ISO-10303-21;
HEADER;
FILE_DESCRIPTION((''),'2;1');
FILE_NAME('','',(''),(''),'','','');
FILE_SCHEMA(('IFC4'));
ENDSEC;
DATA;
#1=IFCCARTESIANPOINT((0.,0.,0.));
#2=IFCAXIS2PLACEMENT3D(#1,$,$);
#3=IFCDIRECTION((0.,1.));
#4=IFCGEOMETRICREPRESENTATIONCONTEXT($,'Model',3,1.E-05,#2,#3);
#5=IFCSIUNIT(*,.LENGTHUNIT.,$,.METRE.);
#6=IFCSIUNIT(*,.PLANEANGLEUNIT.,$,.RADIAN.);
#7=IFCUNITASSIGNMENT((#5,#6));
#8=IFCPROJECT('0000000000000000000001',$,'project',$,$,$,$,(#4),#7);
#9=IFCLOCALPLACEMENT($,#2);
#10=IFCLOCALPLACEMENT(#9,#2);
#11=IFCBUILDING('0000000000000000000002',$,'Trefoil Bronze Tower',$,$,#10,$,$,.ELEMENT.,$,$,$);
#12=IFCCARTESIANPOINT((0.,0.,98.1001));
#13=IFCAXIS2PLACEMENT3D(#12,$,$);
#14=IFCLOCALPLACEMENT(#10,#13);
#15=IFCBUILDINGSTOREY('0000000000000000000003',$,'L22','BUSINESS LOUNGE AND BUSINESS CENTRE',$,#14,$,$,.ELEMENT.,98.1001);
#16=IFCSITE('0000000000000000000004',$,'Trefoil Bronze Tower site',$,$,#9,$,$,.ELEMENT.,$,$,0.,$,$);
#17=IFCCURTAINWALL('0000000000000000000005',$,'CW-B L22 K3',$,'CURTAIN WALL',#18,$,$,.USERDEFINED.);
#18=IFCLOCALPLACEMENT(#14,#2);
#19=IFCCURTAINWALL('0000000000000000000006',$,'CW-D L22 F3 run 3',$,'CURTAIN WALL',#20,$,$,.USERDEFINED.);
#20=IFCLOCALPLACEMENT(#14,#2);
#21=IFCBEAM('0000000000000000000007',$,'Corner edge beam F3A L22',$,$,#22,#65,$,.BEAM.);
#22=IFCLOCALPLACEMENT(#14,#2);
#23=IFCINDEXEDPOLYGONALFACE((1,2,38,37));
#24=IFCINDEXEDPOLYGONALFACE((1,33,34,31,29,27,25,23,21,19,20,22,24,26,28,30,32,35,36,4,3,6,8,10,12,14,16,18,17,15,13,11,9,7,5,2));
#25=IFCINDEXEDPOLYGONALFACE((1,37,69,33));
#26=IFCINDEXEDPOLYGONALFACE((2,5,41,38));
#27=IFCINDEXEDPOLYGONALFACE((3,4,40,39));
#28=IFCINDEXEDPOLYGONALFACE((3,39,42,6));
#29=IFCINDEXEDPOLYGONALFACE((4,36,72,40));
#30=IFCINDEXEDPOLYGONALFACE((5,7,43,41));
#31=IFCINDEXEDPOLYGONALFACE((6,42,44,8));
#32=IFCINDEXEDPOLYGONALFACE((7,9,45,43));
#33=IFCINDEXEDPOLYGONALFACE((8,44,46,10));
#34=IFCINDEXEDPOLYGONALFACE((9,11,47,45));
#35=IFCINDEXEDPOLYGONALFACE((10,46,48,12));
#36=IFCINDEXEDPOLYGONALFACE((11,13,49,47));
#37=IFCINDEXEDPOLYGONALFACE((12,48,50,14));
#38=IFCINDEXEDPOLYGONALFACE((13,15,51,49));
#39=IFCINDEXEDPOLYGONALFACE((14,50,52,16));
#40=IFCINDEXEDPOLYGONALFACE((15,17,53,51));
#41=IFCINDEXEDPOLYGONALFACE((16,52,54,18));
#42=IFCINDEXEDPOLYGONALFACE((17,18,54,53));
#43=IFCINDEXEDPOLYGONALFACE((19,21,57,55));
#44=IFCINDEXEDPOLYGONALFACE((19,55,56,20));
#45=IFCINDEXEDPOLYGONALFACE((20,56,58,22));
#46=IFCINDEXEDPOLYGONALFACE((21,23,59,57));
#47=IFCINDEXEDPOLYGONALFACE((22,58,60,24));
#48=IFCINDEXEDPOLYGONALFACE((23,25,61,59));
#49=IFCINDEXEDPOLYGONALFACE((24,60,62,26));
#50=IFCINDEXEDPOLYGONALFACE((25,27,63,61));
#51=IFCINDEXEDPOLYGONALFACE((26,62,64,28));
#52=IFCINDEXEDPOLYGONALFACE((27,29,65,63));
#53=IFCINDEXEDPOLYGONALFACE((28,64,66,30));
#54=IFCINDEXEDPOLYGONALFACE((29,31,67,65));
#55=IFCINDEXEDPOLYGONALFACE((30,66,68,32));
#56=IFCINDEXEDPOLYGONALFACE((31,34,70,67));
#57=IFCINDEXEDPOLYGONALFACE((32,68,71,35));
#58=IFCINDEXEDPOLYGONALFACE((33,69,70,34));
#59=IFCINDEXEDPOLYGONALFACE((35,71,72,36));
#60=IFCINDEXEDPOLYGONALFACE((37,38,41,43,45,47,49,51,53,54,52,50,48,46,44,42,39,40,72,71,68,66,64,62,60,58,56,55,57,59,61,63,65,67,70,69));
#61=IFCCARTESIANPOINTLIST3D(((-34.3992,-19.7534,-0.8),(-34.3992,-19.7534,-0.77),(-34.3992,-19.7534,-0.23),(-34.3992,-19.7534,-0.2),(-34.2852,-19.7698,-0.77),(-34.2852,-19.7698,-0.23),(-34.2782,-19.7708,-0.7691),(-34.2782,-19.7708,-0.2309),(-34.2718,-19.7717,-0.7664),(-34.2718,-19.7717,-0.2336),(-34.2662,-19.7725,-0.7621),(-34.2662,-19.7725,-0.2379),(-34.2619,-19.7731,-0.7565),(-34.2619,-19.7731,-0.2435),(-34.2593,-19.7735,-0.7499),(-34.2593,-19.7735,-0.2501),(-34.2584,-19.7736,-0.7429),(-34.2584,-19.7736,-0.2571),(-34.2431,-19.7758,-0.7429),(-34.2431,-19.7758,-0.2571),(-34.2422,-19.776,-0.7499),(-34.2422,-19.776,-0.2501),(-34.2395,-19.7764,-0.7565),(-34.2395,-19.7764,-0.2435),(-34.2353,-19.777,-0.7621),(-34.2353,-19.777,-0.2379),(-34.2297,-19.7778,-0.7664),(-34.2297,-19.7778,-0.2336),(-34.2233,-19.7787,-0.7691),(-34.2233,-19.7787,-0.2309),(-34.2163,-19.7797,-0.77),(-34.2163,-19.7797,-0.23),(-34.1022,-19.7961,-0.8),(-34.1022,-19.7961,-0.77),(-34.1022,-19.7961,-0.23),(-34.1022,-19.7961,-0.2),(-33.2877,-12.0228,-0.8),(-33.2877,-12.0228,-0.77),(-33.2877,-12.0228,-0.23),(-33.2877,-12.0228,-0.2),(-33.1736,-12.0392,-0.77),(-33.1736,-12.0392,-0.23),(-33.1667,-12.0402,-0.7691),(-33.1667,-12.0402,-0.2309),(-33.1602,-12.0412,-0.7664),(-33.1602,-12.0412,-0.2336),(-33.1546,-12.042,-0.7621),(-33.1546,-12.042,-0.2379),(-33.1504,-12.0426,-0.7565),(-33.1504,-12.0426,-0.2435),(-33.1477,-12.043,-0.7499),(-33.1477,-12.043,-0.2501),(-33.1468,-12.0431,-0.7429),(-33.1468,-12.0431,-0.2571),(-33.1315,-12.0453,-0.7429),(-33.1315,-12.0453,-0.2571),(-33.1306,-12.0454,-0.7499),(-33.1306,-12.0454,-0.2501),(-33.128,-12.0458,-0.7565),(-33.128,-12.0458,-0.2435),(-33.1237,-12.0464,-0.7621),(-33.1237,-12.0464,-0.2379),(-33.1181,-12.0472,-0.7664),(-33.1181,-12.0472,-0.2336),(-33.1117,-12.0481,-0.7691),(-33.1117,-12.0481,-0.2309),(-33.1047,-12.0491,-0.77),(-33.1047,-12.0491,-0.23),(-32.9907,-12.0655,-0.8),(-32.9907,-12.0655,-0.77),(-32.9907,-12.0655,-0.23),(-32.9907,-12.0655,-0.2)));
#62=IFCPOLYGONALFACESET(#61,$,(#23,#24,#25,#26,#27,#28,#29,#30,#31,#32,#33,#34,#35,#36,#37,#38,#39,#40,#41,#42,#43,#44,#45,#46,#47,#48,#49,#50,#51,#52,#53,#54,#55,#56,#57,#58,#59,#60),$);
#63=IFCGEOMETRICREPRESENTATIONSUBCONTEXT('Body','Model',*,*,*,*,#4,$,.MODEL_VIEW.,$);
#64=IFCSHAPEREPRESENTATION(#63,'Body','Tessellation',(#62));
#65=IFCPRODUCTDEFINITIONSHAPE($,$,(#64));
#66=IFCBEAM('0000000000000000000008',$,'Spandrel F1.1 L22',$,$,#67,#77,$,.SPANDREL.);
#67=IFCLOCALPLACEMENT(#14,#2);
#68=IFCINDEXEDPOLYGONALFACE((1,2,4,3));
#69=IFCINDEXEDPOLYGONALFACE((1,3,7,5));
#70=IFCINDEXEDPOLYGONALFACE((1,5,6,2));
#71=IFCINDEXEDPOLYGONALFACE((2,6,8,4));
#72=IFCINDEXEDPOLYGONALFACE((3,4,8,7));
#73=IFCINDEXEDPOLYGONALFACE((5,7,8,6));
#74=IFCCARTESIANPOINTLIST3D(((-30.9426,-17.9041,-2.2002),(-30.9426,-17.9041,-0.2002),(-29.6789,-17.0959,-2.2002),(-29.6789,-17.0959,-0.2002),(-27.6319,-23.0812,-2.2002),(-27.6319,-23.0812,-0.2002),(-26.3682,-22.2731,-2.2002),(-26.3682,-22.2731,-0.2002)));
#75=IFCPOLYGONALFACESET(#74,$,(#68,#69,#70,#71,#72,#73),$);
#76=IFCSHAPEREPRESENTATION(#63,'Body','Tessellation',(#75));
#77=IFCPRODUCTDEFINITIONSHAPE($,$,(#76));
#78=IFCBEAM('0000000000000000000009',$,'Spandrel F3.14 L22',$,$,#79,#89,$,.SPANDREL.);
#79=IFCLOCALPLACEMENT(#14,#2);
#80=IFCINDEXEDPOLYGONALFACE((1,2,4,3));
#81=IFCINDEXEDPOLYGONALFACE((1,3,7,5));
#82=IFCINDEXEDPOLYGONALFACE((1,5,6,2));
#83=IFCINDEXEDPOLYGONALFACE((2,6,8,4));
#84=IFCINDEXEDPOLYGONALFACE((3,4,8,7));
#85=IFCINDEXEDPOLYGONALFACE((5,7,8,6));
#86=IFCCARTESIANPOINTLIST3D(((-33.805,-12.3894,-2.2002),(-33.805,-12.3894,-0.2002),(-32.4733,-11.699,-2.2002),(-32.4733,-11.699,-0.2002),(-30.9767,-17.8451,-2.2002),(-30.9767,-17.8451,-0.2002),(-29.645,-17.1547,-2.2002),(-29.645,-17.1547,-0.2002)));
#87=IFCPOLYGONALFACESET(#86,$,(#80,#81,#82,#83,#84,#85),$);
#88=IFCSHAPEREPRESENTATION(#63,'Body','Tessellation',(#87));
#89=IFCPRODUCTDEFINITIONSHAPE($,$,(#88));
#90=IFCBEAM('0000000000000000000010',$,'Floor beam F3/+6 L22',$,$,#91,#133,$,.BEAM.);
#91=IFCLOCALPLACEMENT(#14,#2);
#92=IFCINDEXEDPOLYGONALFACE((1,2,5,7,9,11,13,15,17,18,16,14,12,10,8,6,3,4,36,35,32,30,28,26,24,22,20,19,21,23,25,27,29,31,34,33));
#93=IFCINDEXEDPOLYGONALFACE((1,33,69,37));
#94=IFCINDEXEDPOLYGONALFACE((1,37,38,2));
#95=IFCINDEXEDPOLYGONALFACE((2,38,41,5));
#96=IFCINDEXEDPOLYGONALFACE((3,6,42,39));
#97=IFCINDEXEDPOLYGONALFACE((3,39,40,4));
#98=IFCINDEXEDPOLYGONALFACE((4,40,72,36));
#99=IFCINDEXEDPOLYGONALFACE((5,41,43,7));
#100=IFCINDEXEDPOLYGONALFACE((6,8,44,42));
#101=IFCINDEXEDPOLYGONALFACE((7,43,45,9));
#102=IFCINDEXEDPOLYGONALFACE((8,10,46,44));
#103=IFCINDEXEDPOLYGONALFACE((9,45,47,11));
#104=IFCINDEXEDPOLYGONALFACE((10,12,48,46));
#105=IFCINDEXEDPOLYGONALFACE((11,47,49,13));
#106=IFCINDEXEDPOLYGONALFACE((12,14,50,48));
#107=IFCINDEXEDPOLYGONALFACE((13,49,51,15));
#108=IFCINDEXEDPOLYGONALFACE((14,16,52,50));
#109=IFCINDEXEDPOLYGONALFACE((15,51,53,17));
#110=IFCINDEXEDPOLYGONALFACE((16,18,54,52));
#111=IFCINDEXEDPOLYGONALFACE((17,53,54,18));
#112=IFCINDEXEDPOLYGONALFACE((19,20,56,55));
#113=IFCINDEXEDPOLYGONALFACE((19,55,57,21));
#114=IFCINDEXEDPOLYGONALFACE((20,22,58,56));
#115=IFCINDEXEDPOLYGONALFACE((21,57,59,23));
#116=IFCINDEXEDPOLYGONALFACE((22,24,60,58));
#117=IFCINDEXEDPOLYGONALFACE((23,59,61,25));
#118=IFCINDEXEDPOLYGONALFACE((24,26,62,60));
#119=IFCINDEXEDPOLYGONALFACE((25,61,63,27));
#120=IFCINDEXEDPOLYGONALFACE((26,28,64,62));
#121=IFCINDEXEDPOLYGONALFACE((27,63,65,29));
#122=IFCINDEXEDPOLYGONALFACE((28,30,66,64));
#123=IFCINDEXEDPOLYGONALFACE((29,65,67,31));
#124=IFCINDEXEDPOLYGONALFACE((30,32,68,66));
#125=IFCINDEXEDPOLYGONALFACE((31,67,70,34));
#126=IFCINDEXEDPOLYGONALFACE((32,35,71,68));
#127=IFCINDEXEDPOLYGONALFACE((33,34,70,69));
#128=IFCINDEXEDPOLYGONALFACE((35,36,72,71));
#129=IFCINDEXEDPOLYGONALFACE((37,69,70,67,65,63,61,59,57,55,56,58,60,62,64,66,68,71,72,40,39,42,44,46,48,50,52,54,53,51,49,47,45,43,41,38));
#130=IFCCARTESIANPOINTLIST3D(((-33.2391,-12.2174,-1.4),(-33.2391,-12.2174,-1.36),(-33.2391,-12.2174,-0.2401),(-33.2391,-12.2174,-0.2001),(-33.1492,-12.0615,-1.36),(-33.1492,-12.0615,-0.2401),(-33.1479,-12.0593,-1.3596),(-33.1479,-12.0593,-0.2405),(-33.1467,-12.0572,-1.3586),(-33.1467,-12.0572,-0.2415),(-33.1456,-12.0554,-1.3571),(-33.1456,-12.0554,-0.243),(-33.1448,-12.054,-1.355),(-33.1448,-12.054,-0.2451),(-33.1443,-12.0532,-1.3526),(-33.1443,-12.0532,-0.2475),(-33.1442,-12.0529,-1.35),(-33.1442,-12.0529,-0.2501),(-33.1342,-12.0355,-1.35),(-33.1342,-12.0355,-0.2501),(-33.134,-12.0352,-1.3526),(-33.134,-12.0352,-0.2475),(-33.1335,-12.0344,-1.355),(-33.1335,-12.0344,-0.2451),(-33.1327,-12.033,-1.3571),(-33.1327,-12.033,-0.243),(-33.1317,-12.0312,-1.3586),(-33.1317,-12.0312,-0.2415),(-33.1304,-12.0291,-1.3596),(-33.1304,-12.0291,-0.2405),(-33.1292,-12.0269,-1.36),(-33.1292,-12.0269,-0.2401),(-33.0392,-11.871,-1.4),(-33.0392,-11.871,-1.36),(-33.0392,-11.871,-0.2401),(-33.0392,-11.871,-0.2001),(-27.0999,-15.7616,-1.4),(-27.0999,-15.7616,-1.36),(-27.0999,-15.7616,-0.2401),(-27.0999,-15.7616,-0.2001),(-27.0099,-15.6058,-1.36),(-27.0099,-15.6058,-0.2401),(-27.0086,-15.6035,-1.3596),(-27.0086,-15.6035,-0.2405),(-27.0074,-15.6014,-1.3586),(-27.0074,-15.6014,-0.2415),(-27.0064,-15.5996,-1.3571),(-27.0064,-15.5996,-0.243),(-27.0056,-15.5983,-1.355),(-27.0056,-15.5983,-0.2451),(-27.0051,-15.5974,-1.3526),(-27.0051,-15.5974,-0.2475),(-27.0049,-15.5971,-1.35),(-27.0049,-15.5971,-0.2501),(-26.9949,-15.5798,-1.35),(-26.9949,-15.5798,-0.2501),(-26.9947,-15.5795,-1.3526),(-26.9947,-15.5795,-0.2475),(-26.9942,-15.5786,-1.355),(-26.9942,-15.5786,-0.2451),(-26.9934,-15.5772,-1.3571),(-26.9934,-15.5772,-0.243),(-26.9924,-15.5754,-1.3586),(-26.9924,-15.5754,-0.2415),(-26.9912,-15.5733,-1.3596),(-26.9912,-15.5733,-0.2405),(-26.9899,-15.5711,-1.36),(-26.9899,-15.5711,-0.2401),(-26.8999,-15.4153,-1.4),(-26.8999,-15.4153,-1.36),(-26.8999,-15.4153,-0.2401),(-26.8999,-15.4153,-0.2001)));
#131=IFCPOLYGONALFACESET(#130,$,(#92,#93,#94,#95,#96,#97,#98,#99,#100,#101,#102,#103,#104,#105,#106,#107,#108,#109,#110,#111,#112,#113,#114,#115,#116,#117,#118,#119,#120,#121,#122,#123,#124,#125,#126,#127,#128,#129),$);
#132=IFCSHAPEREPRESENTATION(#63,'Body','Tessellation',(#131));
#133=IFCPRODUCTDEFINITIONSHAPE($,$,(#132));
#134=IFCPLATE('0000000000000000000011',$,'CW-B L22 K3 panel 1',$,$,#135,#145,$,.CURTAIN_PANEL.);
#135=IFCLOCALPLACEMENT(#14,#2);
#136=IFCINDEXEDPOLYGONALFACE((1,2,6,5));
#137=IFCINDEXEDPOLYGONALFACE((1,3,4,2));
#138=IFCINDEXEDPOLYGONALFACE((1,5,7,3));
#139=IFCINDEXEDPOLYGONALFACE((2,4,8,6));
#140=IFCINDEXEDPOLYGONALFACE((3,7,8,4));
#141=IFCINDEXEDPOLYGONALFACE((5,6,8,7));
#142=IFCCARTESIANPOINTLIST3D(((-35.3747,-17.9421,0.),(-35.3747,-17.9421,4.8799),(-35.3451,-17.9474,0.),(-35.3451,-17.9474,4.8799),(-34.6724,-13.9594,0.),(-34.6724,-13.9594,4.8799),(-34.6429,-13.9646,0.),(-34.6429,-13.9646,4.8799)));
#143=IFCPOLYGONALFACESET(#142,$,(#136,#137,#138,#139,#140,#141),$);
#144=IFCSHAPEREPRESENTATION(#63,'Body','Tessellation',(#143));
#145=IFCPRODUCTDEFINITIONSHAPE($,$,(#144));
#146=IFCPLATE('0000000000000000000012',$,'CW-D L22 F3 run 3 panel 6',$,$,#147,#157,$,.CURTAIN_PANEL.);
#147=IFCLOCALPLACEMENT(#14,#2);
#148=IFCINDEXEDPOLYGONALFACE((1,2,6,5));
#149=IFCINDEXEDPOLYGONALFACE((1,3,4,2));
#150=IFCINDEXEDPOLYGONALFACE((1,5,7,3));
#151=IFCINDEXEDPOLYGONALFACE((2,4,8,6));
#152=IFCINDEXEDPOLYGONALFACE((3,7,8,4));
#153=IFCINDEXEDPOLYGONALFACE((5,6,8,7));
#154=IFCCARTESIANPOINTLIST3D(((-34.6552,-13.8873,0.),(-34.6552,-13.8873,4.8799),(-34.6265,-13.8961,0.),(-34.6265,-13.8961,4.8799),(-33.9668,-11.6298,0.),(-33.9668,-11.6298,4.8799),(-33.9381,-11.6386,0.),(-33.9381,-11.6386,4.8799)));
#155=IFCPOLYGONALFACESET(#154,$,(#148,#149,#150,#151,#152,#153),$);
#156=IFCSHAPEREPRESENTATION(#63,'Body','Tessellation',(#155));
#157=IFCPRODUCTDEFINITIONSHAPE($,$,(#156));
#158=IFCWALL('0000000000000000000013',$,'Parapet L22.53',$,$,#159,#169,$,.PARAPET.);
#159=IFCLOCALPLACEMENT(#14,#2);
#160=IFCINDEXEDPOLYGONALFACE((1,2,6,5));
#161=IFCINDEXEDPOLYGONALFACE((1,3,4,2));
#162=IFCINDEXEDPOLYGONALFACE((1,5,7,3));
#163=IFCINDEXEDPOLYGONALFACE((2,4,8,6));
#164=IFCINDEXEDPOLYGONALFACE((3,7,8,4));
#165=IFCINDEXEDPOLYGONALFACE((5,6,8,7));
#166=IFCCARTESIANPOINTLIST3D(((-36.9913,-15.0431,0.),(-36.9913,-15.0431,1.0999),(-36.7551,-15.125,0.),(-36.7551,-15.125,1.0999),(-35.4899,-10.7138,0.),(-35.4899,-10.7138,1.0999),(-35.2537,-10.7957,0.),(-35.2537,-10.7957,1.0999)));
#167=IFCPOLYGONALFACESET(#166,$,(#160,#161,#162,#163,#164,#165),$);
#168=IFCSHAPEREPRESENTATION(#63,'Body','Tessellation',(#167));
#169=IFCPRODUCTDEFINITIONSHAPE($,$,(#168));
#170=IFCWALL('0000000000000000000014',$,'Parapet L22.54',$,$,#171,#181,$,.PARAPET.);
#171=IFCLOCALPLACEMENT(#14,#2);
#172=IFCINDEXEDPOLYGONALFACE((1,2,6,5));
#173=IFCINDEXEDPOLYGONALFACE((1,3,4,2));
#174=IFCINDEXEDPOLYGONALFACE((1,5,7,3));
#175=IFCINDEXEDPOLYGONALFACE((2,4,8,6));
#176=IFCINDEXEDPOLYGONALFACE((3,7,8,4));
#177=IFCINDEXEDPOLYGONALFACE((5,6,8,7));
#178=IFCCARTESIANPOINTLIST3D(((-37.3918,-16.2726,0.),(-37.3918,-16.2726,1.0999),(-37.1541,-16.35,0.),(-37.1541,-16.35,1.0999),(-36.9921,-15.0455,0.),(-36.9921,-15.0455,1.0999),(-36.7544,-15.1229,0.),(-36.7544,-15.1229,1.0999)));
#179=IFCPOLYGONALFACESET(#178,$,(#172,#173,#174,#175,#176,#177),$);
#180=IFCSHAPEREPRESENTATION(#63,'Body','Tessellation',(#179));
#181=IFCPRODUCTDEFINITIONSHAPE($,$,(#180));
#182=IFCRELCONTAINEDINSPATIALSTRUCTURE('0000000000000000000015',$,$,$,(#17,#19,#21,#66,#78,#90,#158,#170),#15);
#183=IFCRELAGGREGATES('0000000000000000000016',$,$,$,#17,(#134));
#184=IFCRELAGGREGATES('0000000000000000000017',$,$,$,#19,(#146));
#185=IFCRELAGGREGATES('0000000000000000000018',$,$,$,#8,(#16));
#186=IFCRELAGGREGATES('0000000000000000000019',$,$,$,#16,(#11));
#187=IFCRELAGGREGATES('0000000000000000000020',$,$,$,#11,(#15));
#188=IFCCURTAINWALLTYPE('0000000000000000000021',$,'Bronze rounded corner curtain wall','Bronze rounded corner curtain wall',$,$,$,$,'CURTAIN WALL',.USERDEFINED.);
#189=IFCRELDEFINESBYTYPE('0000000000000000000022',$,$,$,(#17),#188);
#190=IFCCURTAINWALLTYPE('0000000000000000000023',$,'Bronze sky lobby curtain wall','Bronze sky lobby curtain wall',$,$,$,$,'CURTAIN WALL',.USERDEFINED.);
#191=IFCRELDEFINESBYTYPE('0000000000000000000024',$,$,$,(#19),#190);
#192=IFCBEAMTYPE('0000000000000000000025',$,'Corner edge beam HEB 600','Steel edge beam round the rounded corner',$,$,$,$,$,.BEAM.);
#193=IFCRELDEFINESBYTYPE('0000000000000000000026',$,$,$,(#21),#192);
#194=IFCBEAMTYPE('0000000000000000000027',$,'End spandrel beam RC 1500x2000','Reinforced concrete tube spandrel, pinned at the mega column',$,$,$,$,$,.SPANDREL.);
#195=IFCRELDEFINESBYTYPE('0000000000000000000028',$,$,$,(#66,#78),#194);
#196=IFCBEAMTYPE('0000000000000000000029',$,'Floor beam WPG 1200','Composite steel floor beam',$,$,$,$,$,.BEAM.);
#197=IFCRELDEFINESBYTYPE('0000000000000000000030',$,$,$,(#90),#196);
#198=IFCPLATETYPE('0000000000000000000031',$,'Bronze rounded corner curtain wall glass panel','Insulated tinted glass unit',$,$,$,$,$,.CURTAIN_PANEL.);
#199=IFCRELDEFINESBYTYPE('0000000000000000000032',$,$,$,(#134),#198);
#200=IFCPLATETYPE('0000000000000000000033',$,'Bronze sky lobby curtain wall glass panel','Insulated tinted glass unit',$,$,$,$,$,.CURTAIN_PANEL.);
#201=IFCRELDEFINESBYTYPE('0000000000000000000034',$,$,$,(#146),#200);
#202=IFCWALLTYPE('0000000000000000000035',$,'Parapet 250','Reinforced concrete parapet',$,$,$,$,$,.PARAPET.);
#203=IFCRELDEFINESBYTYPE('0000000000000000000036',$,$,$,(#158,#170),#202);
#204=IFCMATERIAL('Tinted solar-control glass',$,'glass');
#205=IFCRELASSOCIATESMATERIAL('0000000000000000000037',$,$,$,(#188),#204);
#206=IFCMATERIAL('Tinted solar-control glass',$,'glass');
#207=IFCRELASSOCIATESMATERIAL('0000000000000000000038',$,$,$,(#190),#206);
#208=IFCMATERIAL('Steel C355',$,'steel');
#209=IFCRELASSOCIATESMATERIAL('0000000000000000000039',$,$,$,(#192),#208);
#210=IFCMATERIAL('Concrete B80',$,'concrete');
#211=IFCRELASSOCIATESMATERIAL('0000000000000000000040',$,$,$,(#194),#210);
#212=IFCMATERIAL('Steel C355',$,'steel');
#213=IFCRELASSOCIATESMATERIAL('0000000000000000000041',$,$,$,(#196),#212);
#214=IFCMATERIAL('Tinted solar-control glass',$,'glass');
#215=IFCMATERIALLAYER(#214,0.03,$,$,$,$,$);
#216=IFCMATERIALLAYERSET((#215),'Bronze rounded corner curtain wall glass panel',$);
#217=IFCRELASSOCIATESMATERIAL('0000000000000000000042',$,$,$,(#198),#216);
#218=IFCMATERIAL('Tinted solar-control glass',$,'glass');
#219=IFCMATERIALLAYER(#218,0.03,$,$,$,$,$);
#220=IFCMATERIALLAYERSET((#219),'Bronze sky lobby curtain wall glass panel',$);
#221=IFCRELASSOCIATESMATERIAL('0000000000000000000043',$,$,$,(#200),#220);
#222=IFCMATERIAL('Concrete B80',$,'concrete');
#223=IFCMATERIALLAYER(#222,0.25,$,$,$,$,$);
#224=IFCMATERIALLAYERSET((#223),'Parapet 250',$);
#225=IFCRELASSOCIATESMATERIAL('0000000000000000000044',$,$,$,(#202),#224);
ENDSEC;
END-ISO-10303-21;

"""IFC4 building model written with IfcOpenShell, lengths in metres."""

from ifc_helpers import new_model, si_unit, direction, frame, frame_2d, origin, origin_2d, place, context, subcontext, project, spatial, rectangle, i_section, extrude, material, layer, layer_set, material_profile, profile_set, type_object, element, aggregate, save


model = new_model("IFC4")

# Units and contexts
model_context = context("Model", 3, precision=1e-05, world=origin(), true_north=direction((0.0, 1.0)))
body_context = subcontext(model_context, "Body", "Model", "MODEL_VIEW")
ifc_project = project(units=[si_unit("LENGTHUNIT", "METRE"), si_unit("PLANEANGLEUNIT", "RADIAN")], contexts=[model_context])

# Site, building, storey
site_placement = place(None, origin())
site = spatial("IfcSite", under=ifc_project, at=site_placement, Name="Trefoil Bronze Tower site", CompositionType="ELEMENT", RefElevation=0.0)
building_placement = place(site_placement, origin())
building = spatial("IfcBuilding", under=site, at=building_placement, Name="Trefoil Bronze Tower", CompositionType="ELEMENT")
storey_placement = place(building_placement, frame((0.0, 0.0, 98.1001)))
storey = spatial("IfcBuildingStorey", under=building, at=storey_placement, Name="L22", Description="BUSINESS LOUNGE AND BUSINESS CENTRE", CompositionType="ELEMENT", Elevation=98.1001)

# Curtain walls
ifc_material_1 = material(Name="Tinted solar-control glass", Category="glass")
curtain_wall_type_1 = type_object("IfcCurtainWallType", Name="Bronze rounded corner curtain wall", Description="Bronze rounded corner curtain wall", ElementType="CURTAIN WALL", PredefinedType="USERDEFINED", material=ifc_material_1)
curtain_wall_1_placement = place(storey_placement, origin())
curtain_wall_1 = element("IfcCurtainWall", 1, at=curtain_wall_1_placement, inside=storey, type_object=curtain_wall_type_1, Name="CW-B L22 K3", ObjectType="CURTAIN WALL", PredefinedType="USERDEFINED")
ifc_material_2 = material(Name="Tinted solar-control glass", Category="glass")
curtain_wall_type_2 = type_object("IfcCurtainWallType", Name="Bronze sky lobby curtain wall", Description="Bronze sky lobby curtain wall", ElementType="CURTAIN WALL", PredefinedType="USERDEFINED", material=ifc_material_2)
curtain_wall_2_placement = place(storey_placement, origin())
curtain_wall_2 = element("IfcCurtainWall", 2, at=curtain_wall_2_placement, inside=storey, type_object=curtain_wall_type_2, Name="CW-D L22 F3 run 3", ObjectType="CURTAIN WALL", PredefinedType="USERDEFINED")

# Beams
ifc_material_3 = material(Name="Steel C355", Category="steel")
ifc_material_profile_1 = material_profile(ifc_material_3, i_section(OverallWidth=0.3, OverallDepth=0.6001, WebThickness=0.0154, FlangeThickness=0.03, FilletRadius=0.0271, at=origin_2d()), Name="HEB 600")
ifc_profile_set_1 = profile_set([ifc_material_profile_1], Name="Steel C355")
beam_type_1 = type_object("IfcBeamType", Name="Corner edge beam HEB 600", Description="Steel edge beam round the rounded corner", PredefinedType="BEAM", material=ifc_profile_set_1)
beam_1_placement = place(storey_placement, frame((-33.1392, -12.0442, -0.5), z_axis=(-0.142327, -0.98982, 0.0), x_axis=(0.98982, -0.142327, 0.0)))
element("IfcBeam", 3, at=beam_1_placement, inside=storey, type_object=beam_type_1, Name="Corner edge beam F3A L22", PredefinedType="BEAM", context=body_context, shape_type="SweptSolid", body=[
    extrude(i_section(OverallWidth=0.3, OverallDepth=0.6001, WebThickness=0.0154, FlangeThickness=0.03, FilletRadius=0.0271, at=origin_2d()), origin(), (0.0, 0.0, 1.0), 7.8101),
])
ifc_material_4 = material(Name="Concrete B80", Category="concrete")
ifc_material_profile_2 = material_profile(ifc_material_4, rectangle(XDim=1.5, YDim=2.0, at=origin_2d()), Name="RC 1500x2000")
ifc_profile_set_2 = profile_set([ifc_material_profile_2], Name="Concrete B80")
beam_type_2 = type_object("IfcBeamType", Name="End spandrel beam RC 1500x2000", Description="Reinforced concrete tube spandrel, pinned at the mega column", PredefinedType="SPANDREL", material=ifc_profile_set_2)
for number, where, z_axis, x_axis, name in (
    (4, (-30.3108, -17.5, -1.2002), (0.538748, -0.842467, 0.0), (0.842467, 0.538748, 0.0), "Spandrel F1.1 L22"),
    (5, (-33.1392, -12.0442, -1.2002), (0.460244, -0.887792, 0.0), (0.887792, 0.460244, 0.0), "Spandrel F3.14 L22"),
):
    element("IfcBeam", number, at=place(storey_placement, frame(where, z_axis=z_axis, x_axis=x_axis)), inside=storey, type_object=beam_type_2, Name=name, PredefinedType="SPANDREL", context=body_context, shape_type="SweptSolid", body=[
        extrude(rectangle(XDim=1.5, YDim=2.0, at=origin_2d()), origin(), (0.0, 0.0, 1.0), 6.1453),
    ])
ifc_material_5 = material(Name="Steel C355", Category="steel")
ifc_material_profile_3 = material_profile(ifc_material_5, i_section(OverallWidth=0.3999, OverallDepth=1.2, WebThickness=0.02, FlangeThickness=0.04, FilletRadius=0.01, at=origin_2d()), Name="WPG 1200")
ifc_profile_set_3 = profile_set([ifc_material_profile_3], Name="Steel C355")
beam_type_3 = type_object("IfcBeamType", Name="Floor beam WPG 1200", Description="Composite steel floor beam", PredefinedType="BEAM", material=ifc_profile_set_3)
beam_2_placement = place(storey_placement, frame((-33.1392, -12.0442, -0.8), z_axis=(0.866041, -0.499973, 0.0), x_axis=(0.499973, 0.866041, 0.0)))
element("IfcBeam", 6, at=beam_2_placement, inside=storey, type_object=beam_type_3, Name="Floor beam F3/+6 L22", PredefinedType="BEAM", context=body_context, shape_type="SweptSolid", body=[
    extrude(i_section(OverallWidth=0.3999, OverallDepth=1.2, WebThickness=0.02, FlangeThickness=0.04, FilletRadius=0.01, at=origin_2d()), origin(), (0.0, 0.0, 1.0), 7.0889),
])

# Plates
ifc_material_6 = material(Name="Tinted solar-control glass", Category="glass")
ifc_layer_1 = layer(ifc_material_6, 0.03)
ifc_layer_set_1 = layer_set([ifc_layer_1], Name="Bronze rounded corner curtain wall glass panel")
plate_type_1 = type_object("IfcPlateType", Name="Bronze rounded corner curtain wall glass panel", Description="Insulated tinted glass unit", PredefinedType="CURTAIN_PANEL", material=ifc_layer_set_1)
plate_1_placement = place(storey_placement, frame((-35.0088, -15.9534, 0.0), z_axis=(0.0, 0.0, 1.0), x_axis=(-0.173648, -0.984808, 0.0)))
plate_1 = element("IfcPlate", 7, at=plate_1_placement, type_object=plate_type_1, Name="CW-B L22 K3 panel 1", PredefinedType="CURTAIN_PANEL", context=body_context, shape_type="SweptSolid", body=[
    extrude(rectangle(XDim=4.0442, YDim=0.03, at=origin_2d()), origin(), (0.0, 0.0, 1.0), 4.8799),
])
aggregate(curtain_wall_1, [plate_1])
ifc_material_7 = material(Name="Tinted solar-control glass", Category="glass")
ifc_layer_2 = layer(ifc_material_7, 0.03)
ifc_layer_set_2 = layer_set([ifc_layer_2], Name="Bronze sky lobby curtain wall glass panel")
plate_type_2 = type_object("IfcPlateType", Name="Bronze sky lobby curtain wall glass panel", Description="Insulated tinted glass unit", PredefinedType="CURTAIN_PANEL", material=ifc_layer_set_2)
plate_2_placement = place(storey_placement, frame((-34.2966, -12.7629, 0.0), z_axis=(0.0, 0.0, 1.0), x_axis=(-0.291669, -0.956519, 0.0)))
plate_2 = element("IfcPlate", 8, at=plate_2_placement, type_object=plate_type_2, Name="CW-D L22 F3 run 3 panel 6", PredefinedType="CURTAIN_PANEL", context=body_context, shape_type="SweptSolid", body=[
    extrude(rectangle(XDim=2.3601, YDim=0.03, at=origin_2d()), origin(), (0.0, 0.0, 1.0), 4.8799),
])
aggregate(curtain_wall_2, [plate_2])

# Walls
ifc_material_8 = material(Name="Concrete B80", Category="concrete")
ifc_layer_3 = layer(ifc_material_8, 0.25)
ifc_layer_set_3 = layer_set([ifc_layer_3], Name="Parapet 250")
wall_type = type_object("IfcWallType", Name="Parapet 250", Description="Reinforced concrete parapet", PredefinedType="PARAPET", material=ifc_layer_set_3)
wall_1_placement = place(storey_placement, frame((-35.3718, -10.7549, 0.0), z_axis=(0.0, 0.0, 1.0), x_axis=(-0.327665, -0.944794, 0.0)))
element("IfcWall", 9, at=wall_1_placement, inside=storey, type_object=wall_type, Name="Parapet L22.53", PredefinedType="PARAPET", context=body_context, shape_type="SweptSolid", body=[
    extrude(rectangle(XDim=4.5823, YDim=0.25, at=frame_2d((2.291, 0.0))), origin(), (0.0, 0.0, 1.0), 1.0999),
])
wall_2_placement = place(storey_placement, frame((-36.8733, -15.0842, 0.0), z_axis=(0.0, 0.0, 1.0), x_axis=(-0.309693, -0.950836, 0.0)))
element("IfcWall", 10, at=wall_2_placement, inside=storey, type_object=wall_type, Name="Parapet L22.54", PredefinedType="PARAPET", context=body_context, shape_type="SweptSolid", body=[
    extrude(rectangle(XDim=1.2905, YDim=0.25, at=frame_2d((0.6453, 0.0))), origin(), (0.0, 0.0, 1.0), 1.0999),
])

save(model, "model.ifc")
